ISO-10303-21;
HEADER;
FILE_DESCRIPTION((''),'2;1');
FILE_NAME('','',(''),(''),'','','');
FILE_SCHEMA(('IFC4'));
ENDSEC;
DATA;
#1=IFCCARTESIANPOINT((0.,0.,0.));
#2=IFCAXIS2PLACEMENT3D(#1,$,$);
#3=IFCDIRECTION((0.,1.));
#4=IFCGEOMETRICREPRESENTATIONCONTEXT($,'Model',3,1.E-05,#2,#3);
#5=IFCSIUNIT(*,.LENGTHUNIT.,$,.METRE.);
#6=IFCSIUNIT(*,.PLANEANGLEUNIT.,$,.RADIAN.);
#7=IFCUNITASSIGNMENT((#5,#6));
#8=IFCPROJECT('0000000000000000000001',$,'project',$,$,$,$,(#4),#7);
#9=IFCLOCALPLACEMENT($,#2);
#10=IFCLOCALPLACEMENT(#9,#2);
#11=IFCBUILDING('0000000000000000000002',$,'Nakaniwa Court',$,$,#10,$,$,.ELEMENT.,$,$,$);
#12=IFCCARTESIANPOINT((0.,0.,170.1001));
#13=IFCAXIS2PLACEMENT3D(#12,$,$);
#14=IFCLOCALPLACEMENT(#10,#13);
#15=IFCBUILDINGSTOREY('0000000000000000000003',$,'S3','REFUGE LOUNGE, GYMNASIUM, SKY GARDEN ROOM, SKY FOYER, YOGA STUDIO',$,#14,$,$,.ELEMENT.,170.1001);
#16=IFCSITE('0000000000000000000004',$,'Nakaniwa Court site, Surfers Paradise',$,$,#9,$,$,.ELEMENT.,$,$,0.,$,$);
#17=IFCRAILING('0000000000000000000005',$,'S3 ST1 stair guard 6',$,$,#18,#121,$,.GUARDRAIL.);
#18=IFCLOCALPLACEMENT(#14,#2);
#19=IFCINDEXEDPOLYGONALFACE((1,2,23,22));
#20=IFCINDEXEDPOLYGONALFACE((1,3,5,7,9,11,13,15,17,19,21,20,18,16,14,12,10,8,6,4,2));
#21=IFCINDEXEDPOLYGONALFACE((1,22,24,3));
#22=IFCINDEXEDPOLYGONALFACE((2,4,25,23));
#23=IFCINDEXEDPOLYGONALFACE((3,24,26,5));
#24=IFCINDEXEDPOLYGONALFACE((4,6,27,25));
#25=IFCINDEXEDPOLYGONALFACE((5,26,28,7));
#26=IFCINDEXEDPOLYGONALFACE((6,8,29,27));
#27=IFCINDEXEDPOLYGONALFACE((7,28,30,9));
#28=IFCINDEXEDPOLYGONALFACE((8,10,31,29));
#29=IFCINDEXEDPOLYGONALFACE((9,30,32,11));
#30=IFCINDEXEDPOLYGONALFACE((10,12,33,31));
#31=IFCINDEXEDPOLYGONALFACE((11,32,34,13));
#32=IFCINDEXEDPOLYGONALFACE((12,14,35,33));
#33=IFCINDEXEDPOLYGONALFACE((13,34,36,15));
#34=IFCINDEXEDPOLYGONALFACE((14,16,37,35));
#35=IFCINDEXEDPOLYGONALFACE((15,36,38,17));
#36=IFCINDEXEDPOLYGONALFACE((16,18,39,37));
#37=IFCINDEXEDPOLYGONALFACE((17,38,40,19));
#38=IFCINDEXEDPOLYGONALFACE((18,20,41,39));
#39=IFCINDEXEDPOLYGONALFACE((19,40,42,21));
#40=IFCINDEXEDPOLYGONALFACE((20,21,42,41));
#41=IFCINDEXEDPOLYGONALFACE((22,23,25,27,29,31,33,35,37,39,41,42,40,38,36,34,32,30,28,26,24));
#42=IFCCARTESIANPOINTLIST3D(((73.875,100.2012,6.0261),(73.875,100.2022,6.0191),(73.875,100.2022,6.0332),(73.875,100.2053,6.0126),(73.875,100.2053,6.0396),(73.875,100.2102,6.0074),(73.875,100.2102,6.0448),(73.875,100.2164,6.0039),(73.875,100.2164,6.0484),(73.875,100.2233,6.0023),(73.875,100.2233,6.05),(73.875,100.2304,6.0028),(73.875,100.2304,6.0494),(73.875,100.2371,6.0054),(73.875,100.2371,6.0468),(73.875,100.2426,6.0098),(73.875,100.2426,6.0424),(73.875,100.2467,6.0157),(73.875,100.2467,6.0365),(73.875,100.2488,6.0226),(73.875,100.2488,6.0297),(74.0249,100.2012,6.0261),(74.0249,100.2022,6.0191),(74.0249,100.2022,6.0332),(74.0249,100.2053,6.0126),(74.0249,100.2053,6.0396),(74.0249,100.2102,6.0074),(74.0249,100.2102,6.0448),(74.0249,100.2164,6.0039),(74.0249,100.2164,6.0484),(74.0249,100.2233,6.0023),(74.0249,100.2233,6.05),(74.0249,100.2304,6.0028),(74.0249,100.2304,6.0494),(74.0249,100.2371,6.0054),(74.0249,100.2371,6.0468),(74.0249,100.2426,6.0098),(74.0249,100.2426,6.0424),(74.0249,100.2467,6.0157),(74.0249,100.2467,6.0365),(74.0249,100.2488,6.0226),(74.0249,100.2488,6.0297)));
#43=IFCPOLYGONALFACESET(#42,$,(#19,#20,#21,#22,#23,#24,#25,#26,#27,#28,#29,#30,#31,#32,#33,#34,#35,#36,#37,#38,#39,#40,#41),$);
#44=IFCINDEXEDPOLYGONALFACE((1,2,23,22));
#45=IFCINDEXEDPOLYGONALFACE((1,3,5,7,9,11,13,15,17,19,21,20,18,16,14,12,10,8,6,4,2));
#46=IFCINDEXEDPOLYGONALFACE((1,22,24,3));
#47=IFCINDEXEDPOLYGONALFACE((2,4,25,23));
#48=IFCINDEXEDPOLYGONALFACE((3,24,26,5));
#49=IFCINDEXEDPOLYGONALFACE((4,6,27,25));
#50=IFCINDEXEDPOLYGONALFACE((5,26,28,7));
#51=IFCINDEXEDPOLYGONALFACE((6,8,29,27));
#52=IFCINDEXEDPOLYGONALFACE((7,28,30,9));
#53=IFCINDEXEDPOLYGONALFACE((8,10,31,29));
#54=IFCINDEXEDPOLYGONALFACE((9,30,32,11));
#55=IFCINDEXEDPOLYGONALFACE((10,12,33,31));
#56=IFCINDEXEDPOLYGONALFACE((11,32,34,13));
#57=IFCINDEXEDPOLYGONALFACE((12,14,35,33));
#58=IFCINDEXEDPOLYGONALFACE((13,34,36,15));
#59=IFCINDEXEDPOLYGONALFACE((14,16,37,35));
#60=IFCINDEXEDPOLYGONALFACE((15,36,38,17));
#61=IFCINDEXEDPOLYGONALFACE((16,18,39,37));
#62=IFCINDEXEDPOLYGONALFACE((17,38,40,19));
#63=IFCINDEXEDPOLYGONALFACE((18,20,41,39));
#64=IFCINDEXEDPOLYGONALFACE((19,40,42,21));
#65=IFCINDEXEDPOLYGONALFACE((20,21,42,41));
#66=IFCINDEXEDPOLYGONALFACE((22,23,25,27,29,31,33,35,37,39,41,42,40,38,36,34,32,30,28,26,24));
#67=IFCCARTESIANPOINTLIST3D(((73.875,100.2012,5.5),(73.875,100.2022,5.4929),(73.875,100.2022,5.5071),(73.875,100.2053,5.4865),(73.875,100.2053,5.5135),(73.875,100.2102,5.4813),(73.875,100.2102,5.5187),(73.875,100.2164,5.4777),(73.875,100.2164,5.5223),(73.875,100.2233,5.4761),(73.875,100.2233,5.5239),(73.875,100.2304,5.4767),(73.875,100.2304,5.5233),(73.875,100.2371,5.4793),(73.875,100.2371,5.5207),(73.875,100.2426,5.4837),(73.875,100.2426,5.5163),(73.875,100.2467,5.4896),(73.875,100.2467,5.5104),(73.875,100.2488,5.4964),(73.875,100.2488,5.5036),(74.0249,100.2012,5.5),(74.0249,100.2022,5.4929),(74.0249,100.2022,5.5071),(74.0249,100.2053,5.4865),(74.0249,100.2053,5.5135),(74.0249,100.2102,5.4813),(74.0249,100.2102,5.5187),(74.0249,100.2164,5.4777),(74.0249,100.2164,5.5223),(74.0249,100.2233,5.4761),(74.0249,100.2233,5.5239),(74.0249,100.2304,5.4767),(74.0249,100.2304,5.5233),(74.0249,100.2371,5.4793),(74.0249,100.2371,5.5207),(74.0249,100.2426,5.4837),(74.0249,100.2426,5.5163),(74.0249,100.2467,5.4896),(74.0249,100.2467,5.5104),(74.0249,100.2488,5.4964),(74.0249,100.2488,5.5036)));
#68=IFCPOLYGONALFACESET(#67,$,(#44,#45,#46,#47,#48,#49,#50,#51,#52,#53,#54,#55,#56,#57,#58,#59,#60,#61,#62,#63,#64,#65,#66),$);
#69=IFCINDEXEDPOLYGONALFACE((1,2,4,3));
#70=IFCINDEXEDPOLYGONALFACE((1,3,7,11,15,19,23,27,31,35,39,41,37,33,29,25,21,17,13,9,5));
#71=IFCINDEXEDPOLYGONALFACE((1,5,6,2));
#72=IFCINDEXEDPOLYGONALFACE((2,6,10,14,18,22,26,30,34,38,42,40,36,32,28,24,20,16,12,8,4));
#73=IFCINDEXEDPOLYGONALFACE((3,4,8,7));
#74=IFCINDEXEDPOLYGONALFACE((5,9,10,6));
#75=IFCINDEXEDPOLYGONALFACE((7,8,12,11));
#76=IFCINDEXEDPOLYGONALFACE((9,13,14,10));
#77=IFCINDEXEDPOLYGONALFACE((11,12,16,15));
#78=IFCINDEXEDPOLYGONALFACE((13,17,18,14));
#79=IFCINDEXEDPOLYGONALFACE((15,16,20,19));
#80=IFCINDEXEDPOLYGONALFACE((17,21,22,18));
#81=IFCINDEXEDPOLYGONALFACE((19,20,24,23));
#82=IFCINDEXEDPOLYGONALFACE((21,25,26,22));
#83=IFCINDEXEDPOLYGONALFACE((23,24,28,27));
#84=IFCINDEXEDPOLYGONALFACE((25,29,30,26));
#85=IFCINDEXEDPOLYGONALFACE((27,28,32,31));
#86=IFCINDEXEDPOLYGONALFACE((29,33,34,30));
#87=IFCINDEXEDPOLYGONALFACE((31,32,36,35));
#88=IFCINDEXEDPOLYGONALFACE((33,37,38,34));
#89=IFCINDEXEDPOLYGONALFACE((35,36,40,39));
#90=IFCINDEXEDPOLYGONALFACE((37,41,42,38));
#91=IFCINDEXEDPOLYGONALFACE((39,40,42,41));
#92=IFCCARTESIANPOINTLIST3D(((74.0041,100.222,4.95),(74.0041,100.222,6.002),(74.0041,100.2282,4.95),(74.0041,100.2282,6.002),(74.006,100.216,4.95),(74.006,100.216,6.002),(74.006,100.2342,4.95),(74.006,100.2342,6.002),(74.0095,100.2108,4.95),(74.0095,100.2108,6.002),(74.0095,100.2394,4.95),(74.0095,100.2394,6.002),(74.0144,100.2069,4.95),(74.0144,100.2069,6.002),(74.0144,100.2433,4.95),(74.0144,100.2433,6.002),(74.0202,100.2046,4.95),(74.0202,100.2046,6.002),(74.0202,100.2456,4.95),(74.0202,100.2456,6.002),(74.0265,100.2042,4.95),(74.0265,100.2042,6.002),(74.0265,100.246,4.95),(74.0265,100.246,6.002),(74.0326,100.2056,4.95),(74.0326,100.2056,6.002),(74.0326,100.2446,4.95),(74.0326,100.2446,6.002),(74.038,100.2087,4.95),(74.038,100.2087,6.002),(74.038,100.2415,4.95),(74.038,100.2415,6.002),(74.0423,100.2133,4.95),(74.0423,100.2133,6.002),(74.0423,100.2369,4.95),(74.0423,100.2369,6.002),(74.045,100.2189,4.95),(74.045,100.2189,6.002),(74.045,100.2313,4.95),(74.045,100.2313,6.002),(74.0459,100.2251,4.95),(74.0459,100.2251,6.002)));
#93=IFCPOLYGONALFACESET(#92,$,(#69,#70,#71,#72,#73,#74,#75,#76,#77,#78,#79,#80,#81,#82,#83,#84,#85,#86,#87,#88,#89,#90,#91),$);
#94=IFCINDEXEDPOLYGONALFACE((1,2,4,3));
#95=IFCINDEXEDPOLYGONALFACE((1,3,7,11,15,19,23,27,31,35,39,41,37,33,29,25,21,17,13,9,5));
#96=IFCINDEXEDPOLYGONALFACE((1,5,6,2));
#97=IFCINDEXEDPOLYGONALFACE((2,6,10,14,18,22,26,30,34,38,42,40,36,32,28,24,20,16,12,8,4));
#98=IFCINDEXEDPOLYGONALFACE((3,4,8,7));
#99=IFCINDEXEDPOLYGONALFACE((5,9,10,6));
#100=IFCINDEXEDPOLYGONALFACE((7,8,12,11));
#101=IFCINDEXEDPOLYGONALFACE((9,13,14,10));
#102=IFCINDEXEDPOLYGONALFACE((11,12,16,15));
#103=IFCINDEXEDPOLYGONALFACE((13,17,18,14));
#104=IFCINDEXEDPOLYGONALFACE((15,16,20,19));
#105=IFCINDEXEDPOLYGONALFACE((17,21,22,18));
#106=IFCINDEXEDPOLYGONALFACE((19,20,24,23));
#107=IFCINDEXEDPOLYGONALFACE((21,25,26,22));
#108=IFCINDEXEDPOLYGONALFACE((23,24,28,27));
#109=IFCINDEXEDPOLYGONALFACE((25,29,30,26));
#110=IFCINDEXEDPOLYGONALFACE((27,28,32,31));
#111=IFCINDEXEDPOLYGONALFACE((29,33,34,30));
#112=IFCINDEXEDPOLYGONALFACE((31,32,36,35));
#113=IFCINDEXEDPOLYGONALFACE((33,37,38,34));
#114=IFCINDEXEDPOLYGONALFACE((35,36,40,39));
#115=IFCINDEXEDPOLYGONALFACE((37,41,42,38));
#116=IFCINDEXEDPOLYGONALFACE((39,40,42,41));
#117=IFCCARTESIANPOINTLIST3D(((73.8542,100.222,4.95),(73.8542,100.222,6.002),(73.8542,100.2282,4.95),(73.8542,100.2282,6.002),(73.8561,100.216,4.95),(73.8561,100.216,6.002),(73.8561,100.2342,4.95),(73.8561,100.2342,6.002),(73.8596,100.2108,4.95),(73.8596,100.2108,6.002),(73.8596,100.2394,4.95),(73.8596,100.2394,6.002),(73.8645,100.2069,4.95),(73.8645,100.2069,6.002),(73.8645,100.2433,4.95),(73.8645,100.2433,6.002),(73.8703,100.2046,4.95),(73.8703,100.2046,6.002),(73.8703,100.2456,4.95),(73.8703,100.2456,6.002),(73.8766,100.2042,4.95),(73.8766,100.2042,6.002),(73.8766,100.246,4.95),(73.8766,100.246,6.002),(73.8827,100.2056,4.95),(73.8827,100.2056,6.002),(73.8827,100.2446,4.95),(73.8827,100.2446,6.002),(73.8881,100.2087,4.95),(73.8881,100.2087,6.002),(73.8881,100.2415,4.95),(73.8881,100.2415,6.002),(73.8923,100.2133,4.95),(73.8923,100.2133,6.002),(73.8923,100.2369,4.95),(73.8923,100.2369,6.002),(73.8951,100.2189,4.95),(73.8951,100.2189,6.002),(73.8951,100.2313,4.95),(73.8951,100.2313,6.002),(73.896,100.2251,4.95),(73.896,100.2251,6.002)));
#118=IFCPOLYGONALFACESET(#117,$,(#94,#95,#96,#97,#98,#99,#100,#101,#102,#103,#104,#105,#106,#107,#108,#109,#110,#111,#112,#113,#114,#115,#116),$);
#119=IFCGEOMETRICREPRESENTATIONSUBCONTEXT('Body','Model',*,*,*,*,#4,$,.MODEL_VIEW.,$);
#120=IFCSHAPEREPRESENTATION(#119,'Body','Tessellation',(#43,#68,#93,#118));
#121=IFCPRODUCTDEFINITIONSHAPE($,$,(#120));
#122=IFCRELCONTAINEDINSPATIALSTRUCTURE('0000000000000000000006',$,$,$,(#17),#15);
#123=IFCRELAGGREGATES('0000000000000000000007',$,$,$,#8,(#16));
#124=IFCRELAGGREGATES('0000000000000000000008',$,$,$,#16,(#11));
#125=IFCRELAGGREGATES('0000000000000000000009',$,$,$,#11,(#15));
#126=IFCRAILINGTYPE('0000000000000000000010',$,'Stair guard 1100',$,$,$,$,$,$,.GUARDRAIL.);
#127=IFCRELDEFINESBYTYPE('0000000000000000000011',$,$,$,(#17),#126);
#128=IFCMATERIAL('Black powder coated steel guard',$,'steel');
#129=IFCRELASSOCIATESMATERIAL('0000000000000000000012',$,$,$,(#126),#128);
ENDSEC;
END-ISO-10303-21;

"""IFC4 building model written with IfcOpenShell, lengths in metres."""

from ifc_helpers import new_model, si_unit, direction, frame, origin, origin_2d, place, context, subcontext, project, spatial, circle, extrude, material, type_object, element, save


model = new_model("IFC4")

# Units and contexts
model_context = context("Model", 3, precision=1e-05, world=origin(), true_north=direction((0.0, 1.0)))
body_context = subcontext(model_context, "Body", "Model", "MODEL_VIEW")
ifc_project = project(units=[si_unit("LENGTHUNIT", "METRE"), si_unit("PLANEANGLEUNIT", "RADIAN")], contexts=[model_context])

# Site, building, storey
site_placement = place(None, origin())
site = spatial("IfcSite", under=ifc_project, at=site_placement, Name="Nakaniwa Court site, Surfers Paradise", CompositionType="ELEMENT", RefElevation=0.0)
building_placement = place(site_placement, origin())
building = spatial("IfcBuilding", under=site, at=building_placement, Name="Nakaniwa Court", CompositionType="ELEMENT")
storey_placement = place(building_placement, frame((0.0, 0.0, 170.1001)))
storey = spatial("IfcBuildingStorey", under=building, at=storey_placement, Name="S3", Description="REFUGE LOUNGE, GYMNASIUM, SKY GARDEN ROOM, SKY FOYER, YOGA STUDIO", CompositionType="ELEMENT", Elevation=170.1001)

# Railing
ifc_material_1 = material(Name="Black powder coated steel guard", Category="steel")
railing_type_1 = type_object("IfcRailingType", Name="Stair guard 1100", PredefinedType="GUARDRAIL", material=ifc_material_1)
railing_1_placement = place(storey_placement, frame((74.0249, 100.2251, 4.95)))
element("IfcRailing", 1, at=railing_1_placement, inside=storey, type_object=railing_type_1, Name="S3 ST1 stair guard 6", PredefinedType="GUARDRAIL", context=body_context, shape_type="SweptSolid", body=[
    extrude(circle(Radius=0.0239, at=origin_2d()), frame((0.0, 0.0, 1.0762), z_axis=(-1.0, 0.0, 0.0), x_axis=(0.0, -1.0, 0.0)), (0.0, 0.0, 1.0), 0.1499),
    extrude(circle(Radius=0.0239, at=origin_2d()), frame((0.0, 0.0, 0.55), z_axis=(-1.0, 0.0, 0.0), x_axis=(0.0, -1.0, 0.0)), (0.0, 0.0, 1.0), 0.1499),
    extrude(circle(Radius=0.021, at=origin_2d()), origin(), (0.0, 0.0, 1.0), 1.052),
    extrude(circle(Radius=0.021, at=origin_2d()), frame((-0.1499, 0.0, 0.0)), (0.0, 0.0, 1.0), 1.052),
])

save(model, "model.ifc")
